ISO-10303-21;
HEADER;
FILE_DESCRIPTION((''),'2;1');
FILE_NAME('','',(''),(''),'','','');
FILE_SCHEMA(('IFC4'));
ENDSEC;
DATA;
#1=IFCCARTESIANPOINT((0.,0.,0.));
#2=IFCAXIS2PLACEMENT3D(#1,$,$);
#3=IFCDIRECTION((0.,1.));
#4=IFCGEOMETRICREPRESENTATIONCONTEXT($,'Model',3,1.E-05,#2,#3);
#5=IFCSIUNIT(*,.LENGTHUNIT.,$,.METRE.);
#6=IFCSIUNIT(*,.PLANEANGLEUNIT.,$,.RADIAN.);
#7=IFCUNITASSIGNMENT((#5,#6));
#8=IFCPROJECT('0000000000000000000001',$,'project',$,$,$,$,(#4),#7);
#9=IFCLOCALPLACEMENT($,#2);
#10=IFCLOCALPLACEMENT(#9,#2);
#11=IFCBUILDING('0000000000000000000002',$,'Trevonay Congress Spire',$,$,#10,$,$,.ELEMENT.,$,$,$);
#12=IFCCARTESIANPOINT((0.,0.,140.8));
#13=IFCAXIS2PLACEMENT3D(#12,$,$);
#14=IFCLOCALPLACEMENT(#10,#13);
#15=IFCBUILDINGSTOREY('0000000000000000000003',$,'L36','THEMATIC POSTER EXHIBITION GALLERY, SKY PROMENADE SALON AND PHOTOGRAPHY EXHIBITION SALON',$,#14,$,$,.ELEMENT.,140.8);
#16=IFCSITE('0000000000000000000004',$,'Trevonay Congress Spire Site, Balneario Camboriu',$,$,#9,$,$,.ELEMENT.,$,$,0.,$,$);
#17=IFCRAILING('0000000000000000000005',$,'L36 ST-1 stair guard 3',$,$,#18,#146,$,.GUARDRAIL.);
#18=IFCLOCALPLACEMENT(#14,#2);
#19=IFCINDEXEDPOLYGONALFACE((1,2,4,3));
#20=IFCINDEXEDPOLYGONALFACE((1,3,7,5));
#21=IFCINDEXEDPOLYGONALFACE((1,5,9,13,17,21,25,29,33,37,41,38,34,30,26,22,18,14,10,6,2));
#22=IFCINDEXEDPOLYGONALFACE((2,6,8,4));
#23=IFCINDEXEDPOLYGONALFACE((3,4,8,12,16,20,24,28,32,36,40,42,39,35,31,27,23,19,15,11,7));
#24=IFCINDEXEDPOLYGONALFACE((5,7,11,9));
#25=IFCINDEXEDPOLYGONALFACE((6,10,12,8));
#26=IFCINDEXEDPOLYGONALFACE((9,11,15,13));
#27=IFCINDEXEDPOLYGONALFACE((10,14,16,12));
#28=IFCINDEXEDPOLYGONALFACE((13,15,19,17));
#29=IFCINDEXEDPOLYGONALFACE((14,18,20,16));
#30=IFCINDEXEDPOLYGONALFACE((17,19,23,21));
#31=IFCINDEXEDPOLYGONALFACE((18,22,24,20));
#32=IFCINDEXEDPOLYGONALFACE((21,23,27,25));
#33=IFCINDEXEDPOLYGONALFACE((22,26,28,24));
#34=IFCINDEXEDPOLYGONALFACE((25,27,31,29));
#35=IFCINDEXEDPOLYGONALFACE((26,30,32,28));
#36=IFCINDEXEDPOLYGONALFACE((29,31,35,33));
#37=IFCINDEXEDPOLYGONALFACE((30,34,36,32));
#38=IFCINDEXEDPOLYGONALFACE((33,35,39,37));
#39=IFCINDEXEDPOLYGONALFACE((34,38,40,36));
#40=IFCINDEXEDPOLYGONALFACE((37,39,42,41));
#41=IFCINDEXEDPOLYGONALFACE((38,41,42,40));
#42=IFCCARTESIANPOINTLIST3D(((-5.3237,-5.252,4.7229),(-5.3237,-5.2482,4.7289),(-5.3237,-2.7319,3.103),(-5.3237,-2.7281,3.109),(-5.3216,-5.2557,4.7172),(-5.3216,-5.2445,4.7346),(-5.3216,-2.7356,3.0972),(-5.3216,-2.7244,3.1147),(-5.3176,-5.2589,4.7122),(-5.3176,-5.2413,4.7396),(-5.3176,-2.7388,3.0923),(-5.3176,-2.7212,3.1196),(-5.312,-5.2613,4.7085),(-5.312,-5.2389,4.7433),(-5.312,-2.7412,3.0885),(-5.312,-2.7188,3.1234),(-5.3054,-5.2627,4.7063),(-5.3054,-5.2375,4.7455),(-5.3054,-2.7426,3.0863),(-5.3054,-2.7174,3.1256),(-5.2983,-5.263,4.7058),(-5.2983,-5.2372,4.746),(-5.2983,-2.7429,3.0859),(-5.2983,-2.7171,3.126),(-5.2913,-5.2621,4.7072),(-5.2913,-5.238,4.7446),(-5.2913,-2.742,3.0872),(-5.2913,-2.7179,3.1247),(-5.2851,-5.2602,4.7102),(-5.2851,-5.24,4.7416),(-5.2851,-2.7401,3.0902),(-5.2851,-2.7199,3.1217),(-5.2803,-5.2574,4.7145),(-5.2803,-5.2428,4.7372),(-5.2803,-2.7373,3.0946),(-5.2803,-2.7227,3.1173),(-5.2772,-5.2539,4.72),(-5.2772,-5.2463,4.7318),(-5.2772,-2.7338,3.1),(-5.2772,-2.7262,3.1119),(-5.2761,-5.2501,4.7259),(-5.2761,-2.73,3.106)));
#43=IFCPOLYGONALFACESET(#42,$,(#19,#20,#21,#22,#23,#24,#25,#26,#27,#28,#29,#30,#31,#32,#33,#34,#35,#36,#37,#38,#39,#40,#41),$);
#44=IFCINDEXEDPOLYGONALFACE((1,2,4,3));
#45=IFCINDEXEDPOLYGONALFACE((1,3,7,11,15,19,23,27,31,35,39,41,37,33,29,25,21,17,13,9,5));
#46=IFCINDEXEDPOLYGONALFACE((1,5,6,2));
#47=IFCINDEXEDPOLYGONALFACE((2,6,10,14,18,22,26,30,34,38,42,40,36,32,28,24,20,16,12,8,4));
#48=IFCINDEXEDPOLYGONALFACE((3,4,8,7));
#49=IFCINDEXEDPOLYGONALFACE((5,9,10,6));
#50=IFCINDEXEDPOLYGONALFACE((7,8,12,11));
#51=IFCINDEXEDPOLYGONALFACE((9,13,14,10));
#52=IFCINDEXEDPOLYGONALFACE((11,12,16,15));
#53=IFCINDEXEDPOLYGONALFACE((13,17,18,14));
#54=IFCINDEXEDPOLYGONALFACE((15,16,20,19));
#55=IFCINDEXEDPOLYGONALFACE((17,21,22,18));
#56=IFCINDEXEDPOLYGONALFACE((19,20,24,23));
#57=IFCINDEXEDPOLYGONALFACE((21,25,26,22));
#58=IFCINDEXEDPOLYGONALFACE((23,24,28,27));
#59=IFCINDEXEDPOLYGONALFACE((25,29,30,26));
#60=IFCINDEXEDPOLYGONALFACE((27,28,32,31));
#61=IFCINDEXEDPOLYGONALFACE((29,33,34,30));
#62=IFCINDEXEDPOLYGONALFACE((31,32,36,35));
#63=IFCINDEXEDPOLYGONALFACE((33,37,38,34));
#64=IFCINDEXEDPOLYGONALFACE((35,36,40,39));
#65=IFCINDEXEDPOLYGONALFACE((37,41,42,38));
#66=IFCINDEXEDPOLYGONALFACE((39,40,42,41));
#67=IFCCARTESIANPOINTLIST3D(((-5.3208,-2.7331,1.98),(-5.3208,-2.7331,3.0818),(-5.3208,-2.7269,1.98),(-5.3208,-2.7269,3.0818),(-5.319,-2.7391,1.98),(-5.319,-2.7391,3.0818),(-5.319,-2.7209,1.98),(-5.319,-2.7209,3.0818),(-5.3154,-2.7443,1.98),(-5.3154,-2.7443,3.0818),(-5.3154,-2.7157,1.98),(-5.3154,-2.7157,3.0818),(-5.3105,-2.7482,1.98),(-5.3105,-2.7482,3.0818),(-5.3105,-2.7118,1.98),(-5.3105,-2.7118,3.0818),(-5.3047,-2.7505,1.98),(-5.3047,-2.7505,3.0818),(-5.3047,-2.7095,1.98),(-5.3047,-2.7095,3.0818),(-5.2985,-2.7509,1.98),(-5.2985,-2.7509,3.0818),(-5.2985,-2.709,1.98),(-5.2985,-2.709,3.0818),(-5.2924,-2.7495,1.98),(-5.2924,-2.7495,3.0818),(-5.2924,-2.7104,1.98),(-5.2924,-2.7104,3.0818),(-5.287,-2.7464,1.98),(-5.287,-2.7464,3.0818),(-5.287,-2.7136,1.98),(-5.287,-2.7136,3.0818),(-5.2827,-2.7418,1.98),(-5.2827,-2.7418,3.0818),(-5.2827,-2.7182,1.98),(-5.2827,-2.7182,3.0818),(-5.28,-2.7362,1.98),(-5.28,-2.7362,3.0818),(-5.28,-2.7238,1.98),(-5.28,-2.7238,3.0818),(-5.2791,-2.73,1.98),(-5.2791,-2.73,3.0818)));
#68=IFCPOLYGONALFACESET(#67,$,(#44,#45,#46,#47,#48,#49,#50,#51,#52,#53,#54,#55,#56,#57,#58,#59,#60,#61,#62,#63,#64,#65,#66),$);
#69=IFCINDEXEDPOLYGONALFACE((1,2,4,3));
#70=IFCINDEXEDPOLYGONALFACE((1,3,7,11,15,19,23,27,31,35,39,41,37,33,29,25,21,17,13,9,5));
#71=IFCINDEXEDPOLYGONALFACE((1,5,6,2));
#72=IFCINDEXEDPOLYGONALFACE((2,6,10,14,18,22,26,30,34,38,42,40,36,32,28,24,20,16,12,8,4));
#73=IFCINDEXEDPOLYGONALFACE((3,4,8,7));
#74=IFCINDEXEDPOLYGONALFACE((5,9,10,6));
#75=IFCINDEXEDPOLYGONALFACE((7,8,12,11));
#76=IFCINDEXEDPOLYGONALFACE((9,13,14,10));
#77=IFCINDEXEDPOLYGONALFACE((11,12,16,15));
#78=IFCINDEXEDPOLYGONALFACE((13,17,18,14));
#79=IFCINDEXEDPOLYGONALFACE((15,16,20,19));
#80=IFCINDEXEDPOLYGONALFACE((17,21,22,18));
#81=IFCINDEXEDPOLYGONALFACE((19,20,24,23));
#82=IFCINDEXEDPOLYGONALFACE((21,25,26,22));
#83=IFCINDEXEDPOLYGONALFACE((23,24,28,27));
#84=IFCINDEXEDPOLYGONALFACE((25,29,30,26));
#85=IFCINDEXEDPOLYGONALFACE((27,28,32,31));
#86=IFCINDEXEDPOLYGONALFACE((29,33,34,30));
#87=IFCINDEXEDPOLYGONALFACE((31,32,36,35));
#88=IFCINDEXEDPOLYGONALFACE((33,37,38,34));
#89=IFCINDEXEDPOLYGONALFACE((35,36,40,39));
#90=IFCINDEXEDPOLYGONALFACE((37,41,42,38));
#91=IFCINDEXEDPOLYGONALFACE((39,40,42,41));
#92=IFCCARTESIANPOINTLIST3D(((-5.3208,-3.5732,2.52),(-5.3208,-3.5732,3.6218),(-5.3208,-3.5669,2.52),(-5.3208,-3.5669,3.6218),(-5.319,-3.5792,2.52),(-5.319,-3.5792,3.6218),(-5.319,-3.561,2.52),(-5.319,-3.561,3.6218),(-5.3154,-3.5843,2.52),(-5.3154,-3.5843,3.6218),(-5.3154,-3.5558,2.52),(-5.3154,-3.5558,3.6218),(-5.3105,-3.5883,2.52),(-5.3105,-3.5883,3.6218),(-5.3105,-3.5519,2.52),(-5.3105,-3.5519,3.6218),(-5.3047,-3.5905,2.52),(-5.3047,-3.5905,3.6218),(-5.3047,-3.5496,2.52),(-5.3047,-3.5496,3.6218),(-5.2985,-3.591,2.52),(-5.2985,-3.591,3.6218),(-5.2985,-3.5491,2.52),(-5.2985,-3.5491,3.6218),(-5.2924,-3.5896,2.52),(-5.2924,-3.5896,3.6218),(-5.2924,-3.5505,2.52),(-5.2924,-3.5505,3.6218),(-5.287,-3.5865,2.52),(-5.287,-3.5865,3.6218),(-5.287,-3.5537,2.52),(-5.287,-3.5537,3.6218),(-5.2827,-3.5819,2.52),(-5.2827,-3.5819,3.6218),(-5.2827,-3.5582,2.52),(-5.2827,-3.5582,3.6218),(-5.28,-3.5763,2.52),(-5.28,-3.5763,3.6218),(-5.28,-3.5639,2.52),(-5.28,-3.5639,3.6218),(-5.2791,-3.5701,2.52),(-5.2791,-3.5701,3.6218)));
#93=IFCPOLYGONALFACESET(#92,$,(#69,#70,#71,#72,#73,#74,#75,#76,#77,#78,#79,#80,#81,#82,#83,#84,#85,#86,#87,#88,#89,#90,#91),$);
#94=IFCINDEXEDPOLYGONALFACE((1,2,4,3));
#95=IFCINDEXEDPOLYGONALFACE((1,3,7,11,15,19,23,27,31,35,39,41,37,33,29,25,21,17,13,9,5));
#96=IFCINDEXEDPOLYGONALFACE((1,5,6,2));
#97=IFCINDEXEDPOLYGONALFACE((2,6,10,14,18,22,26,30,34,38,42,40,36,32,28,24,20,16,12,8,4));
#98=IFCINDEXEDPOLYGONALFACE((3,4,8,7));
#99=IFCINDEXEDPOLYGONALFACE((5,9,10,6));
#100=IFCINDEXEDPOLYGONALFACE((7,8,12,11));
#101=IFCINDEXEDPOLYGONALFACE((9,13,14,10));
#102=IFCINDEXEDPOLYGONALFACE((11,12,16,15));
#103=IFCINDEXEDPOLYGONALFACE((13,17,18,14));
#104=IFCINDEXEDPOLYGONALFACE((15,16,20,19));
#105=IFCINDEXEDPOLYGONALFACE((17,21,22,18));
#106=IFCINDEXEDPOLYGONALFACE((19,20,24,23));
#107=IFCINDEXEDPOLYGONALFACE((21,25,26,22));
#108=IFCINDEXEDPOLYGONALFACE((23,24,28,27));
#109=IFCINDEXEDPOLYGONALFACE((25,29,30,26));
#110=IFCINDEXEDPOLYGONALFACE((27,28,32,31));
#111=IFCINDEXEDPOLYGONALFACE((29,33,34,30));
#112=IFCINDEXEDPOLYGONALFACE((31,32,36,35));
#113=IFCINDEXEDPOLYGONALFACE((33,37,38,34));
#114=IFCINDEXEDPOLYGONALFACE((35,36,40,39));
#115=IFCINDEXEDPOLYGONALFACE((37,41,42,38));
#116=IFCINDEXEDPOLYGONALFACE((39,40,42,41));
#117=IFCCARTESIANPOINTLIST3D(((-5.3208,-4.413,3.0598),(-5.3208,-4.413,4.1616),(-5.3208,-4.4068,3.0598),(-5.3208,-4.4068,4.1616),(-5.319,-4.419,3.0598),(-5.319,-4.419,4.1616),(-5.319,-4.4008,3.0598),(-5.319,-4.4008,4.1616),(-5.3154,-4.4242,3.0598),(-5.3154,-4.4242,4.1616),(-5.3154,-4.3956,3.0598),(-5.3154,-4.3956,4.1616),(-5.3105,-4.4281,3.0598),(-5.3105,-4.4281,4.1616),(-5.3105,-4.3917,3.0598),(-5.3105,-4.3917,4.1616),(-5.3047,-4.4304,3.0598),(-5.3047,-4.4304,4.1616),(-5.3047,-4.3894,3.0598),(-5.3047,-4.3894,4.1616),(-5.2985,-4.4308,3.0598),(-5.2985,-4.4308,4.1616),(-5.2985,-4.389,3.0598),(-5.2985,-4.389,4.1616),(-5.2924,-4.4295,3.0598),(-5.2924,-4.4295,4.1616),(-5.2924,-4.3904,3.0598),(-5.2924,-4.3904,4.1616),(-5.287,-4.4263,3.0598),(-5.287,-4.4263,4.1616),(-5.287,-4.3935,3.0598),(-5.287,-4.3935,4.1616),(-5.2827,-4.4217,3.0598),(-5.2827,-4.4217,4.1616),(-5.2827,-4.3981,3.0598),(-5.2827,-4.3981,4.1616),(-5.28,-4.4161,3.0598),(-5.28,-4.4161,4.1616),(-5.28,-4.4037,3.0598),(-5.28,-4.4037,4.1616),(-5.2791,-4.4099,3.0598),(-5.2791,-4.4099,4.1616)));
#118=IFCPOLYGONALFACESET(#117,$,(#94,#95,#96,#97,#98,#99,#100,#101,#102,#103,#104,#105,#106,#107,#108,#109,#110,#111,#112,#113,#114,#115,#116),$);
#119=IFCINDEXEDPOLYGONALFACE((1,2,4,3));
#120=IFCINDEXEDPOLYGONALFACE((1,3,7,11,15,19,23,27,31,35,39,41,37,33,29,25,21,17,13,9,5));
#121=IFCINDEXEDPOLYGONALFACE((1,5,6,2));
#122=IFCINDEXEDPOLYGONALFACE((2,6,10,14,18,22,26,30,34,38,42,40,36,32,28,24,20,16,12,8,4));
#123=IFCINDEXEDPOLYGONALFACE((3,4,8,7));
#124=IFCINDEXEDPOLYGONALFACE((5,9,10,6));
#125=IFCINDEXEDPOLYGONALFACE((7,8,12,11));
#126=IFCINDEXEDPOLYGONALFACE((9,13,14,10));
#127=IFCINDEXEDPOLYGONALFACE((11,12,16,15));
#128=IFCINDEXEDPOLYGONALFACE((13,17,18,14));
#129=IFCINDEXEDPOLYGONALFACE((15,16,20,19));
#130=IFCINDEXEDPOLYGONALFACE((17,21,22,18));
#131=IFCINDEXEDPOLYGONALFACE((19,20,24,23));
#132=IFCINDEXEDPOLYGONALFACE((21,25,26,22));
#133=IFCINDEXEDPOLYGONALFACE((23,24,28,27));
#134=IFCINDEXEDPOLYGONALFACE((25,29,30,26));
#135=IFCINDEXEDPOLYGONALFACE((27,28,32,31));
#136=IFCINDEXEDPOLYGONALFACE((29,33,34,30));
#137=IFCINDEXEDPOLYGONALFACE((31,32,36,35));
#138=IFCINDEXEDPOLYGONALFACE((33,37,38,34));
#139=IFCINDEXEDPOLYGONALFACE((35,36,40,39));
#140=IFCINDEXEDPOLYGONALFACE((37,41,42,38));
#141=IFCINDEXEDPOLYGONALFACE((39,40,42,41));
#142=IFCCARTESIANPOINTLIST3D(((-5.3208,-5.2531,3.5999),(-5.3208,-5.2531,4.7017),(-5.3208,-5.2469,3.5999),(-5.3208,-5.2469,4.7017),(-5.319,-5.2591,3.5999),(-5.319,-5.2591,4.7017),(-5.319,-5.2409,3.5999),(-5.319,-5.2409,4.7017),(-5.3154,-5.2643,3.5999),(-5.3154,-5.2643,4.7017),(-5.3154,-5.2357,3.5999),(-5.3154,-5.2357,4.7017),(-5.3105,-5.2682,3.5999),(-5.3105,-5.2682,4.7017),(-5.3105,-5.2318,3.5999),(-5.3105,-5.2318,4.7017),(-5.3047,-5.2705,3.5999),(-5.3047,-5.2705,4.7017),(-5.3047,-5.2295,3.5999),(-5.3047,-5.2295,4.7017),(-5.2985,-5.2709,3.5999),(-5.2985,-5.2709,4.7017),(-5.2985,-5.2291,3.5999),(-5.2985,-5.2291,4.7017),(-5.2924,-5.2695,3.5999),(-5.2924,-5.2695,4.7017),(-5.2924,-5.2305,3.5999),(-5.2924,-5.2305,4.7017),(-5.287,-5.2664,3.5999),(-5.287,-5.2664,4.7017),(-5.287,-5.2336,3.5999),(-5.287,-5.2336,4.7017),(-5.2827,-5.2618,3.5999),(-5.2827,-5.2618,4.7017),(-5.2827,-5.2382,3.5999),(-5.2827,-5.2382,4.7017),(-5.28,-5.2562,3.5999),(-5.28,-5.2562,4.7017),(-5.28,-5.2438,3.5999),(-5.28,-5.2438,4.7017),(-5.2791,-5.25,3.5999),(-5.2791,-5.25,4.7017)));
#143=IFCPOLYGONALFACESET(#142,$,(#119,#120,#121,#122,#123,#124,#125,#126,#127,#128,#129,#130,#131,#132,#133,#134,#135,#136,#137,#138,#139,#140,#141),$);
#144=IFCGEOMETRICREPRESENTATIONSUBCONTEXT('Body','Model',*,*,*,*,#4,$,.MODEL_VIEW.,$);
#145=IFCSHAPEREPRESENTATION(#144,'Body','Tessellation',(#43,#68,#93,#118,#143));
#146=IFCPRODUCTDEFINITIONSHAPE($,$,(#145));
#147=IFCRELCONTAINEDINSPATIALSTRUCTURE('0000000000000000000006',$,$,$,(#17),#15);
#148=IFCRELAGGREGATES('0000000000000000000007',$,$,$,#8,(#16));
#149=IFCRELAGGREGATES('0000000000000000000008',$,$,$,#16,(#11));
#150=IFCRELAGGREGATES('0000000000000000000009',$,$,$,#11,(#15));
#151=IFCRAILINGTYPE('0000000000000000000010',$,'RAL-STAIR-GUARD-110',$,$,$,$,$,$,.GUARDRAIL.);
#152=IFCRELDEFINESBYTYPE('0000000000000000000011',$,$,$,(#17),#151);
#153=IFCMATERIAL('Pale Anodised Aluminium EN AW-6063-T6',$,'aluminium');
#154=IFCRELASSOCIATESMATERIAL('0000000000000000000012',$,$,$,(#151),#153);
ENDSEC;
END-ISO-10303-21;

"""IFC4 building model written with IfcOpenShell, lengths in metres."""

from ifc_helpers import new_model, si_unit, direction, frame, origin, origin_2d, place, context, subcontext, project, spatial, circle, extrude, material, type_object, element, save


model = new_model("IFC4")

# Units and contexts
model_context = context("Model", 3, precision=1e-05, world=origin(), true_north=direction((0.0, 1.0)))
body_context = subcontext(model_context, "Body", "Model", "MODEL_VIEW")
ifc_project = project(units=[si_unit("LENGTHUNIT", "METRE"), si_unit("PLANEANGLEUNIT", "RADIAN")], contexts=[model_context])

# Site, building, storey
site_placement = place(None, origin())
site = spatial("IfcSite", under=ifc_project, at=site_placement, Name="Trevonay Congress Spire Site, Balneario Camboriu", CompositionType="ELEMENT", RefElevation=0.0)
building_placement = place(site_placement, origin())
building = spatial("IfcBuilding", under=site, at=building_placement, Name="Trevonay Congress Spire", CompositionType="ELEMENT")
storey_placement = place(building_placement, frame((0.0, 0.0, 140.8)))
storey = spatial("IfcBuildingStorey", under=building, at=storey_placement, Name="L36", Description="THEMATIC POSTER EXHIBITION GALLERY, SKY PROMENADE SALON AND PHOTOGRAPHY EXHIBITION SALON", CompositionType="ELEMENT", Elevation=140.8)

# Shared definitions
ifc_material_1 = material(Name="Pale Anodised Aluminium EN AW-6063-T6", Category="aluminium")

# Railing
railing_type_1 = type_object("IfcRailingType", Name="RAL-STAIR-GUARD-110", PredefinedType="GUARDRAIL", material=ifc_material_1)
railing_1_placement = place(storey_placement, frame((-5.3, -2.73, 1.98)))
element("IfcRailing", 1, at=railing_1_placement, inside=storey, type_object=railing_type_1, Name="L36 ST-1 stair guard 3", PredefinedType="GUARDRAIL", context=body_context, shape_type="SweptSolid", body=[
    extrude(circle(Radius=0.0239, at=origin_2d()), frame((0.0, 0.0, 1.126), z_axis=(0.0, -0.8412, 0.540725), x_axis=(1.0, 0.0, 0.0)), (0.0, 0.0, 1.0), 2.9958),
    extrude(circle(Radius=0.021, at=origin_2d()), origin(), (0.0, 0.0, 1.0), 1.1018),
    extrude(circle(Radius=0.021, at=origin_2d()), frame((0.0, -0.8401, 0.54)), (0.0, 0.0, 1.0), 1.1018),
    extrude(circle(Radius=0.021, at=origin_2d()), frame((0.0, -1.6799, 1.0798)), (0.0, 0.0, 1.0), 1.1018),
    extrude(circle(Radius=0.021, at=origin_2d()), frame((0.0, -2.52, 1.6199)), (0.0, 0.0, 1.0), 1.1018),
])

save(model, "model.ifc")
